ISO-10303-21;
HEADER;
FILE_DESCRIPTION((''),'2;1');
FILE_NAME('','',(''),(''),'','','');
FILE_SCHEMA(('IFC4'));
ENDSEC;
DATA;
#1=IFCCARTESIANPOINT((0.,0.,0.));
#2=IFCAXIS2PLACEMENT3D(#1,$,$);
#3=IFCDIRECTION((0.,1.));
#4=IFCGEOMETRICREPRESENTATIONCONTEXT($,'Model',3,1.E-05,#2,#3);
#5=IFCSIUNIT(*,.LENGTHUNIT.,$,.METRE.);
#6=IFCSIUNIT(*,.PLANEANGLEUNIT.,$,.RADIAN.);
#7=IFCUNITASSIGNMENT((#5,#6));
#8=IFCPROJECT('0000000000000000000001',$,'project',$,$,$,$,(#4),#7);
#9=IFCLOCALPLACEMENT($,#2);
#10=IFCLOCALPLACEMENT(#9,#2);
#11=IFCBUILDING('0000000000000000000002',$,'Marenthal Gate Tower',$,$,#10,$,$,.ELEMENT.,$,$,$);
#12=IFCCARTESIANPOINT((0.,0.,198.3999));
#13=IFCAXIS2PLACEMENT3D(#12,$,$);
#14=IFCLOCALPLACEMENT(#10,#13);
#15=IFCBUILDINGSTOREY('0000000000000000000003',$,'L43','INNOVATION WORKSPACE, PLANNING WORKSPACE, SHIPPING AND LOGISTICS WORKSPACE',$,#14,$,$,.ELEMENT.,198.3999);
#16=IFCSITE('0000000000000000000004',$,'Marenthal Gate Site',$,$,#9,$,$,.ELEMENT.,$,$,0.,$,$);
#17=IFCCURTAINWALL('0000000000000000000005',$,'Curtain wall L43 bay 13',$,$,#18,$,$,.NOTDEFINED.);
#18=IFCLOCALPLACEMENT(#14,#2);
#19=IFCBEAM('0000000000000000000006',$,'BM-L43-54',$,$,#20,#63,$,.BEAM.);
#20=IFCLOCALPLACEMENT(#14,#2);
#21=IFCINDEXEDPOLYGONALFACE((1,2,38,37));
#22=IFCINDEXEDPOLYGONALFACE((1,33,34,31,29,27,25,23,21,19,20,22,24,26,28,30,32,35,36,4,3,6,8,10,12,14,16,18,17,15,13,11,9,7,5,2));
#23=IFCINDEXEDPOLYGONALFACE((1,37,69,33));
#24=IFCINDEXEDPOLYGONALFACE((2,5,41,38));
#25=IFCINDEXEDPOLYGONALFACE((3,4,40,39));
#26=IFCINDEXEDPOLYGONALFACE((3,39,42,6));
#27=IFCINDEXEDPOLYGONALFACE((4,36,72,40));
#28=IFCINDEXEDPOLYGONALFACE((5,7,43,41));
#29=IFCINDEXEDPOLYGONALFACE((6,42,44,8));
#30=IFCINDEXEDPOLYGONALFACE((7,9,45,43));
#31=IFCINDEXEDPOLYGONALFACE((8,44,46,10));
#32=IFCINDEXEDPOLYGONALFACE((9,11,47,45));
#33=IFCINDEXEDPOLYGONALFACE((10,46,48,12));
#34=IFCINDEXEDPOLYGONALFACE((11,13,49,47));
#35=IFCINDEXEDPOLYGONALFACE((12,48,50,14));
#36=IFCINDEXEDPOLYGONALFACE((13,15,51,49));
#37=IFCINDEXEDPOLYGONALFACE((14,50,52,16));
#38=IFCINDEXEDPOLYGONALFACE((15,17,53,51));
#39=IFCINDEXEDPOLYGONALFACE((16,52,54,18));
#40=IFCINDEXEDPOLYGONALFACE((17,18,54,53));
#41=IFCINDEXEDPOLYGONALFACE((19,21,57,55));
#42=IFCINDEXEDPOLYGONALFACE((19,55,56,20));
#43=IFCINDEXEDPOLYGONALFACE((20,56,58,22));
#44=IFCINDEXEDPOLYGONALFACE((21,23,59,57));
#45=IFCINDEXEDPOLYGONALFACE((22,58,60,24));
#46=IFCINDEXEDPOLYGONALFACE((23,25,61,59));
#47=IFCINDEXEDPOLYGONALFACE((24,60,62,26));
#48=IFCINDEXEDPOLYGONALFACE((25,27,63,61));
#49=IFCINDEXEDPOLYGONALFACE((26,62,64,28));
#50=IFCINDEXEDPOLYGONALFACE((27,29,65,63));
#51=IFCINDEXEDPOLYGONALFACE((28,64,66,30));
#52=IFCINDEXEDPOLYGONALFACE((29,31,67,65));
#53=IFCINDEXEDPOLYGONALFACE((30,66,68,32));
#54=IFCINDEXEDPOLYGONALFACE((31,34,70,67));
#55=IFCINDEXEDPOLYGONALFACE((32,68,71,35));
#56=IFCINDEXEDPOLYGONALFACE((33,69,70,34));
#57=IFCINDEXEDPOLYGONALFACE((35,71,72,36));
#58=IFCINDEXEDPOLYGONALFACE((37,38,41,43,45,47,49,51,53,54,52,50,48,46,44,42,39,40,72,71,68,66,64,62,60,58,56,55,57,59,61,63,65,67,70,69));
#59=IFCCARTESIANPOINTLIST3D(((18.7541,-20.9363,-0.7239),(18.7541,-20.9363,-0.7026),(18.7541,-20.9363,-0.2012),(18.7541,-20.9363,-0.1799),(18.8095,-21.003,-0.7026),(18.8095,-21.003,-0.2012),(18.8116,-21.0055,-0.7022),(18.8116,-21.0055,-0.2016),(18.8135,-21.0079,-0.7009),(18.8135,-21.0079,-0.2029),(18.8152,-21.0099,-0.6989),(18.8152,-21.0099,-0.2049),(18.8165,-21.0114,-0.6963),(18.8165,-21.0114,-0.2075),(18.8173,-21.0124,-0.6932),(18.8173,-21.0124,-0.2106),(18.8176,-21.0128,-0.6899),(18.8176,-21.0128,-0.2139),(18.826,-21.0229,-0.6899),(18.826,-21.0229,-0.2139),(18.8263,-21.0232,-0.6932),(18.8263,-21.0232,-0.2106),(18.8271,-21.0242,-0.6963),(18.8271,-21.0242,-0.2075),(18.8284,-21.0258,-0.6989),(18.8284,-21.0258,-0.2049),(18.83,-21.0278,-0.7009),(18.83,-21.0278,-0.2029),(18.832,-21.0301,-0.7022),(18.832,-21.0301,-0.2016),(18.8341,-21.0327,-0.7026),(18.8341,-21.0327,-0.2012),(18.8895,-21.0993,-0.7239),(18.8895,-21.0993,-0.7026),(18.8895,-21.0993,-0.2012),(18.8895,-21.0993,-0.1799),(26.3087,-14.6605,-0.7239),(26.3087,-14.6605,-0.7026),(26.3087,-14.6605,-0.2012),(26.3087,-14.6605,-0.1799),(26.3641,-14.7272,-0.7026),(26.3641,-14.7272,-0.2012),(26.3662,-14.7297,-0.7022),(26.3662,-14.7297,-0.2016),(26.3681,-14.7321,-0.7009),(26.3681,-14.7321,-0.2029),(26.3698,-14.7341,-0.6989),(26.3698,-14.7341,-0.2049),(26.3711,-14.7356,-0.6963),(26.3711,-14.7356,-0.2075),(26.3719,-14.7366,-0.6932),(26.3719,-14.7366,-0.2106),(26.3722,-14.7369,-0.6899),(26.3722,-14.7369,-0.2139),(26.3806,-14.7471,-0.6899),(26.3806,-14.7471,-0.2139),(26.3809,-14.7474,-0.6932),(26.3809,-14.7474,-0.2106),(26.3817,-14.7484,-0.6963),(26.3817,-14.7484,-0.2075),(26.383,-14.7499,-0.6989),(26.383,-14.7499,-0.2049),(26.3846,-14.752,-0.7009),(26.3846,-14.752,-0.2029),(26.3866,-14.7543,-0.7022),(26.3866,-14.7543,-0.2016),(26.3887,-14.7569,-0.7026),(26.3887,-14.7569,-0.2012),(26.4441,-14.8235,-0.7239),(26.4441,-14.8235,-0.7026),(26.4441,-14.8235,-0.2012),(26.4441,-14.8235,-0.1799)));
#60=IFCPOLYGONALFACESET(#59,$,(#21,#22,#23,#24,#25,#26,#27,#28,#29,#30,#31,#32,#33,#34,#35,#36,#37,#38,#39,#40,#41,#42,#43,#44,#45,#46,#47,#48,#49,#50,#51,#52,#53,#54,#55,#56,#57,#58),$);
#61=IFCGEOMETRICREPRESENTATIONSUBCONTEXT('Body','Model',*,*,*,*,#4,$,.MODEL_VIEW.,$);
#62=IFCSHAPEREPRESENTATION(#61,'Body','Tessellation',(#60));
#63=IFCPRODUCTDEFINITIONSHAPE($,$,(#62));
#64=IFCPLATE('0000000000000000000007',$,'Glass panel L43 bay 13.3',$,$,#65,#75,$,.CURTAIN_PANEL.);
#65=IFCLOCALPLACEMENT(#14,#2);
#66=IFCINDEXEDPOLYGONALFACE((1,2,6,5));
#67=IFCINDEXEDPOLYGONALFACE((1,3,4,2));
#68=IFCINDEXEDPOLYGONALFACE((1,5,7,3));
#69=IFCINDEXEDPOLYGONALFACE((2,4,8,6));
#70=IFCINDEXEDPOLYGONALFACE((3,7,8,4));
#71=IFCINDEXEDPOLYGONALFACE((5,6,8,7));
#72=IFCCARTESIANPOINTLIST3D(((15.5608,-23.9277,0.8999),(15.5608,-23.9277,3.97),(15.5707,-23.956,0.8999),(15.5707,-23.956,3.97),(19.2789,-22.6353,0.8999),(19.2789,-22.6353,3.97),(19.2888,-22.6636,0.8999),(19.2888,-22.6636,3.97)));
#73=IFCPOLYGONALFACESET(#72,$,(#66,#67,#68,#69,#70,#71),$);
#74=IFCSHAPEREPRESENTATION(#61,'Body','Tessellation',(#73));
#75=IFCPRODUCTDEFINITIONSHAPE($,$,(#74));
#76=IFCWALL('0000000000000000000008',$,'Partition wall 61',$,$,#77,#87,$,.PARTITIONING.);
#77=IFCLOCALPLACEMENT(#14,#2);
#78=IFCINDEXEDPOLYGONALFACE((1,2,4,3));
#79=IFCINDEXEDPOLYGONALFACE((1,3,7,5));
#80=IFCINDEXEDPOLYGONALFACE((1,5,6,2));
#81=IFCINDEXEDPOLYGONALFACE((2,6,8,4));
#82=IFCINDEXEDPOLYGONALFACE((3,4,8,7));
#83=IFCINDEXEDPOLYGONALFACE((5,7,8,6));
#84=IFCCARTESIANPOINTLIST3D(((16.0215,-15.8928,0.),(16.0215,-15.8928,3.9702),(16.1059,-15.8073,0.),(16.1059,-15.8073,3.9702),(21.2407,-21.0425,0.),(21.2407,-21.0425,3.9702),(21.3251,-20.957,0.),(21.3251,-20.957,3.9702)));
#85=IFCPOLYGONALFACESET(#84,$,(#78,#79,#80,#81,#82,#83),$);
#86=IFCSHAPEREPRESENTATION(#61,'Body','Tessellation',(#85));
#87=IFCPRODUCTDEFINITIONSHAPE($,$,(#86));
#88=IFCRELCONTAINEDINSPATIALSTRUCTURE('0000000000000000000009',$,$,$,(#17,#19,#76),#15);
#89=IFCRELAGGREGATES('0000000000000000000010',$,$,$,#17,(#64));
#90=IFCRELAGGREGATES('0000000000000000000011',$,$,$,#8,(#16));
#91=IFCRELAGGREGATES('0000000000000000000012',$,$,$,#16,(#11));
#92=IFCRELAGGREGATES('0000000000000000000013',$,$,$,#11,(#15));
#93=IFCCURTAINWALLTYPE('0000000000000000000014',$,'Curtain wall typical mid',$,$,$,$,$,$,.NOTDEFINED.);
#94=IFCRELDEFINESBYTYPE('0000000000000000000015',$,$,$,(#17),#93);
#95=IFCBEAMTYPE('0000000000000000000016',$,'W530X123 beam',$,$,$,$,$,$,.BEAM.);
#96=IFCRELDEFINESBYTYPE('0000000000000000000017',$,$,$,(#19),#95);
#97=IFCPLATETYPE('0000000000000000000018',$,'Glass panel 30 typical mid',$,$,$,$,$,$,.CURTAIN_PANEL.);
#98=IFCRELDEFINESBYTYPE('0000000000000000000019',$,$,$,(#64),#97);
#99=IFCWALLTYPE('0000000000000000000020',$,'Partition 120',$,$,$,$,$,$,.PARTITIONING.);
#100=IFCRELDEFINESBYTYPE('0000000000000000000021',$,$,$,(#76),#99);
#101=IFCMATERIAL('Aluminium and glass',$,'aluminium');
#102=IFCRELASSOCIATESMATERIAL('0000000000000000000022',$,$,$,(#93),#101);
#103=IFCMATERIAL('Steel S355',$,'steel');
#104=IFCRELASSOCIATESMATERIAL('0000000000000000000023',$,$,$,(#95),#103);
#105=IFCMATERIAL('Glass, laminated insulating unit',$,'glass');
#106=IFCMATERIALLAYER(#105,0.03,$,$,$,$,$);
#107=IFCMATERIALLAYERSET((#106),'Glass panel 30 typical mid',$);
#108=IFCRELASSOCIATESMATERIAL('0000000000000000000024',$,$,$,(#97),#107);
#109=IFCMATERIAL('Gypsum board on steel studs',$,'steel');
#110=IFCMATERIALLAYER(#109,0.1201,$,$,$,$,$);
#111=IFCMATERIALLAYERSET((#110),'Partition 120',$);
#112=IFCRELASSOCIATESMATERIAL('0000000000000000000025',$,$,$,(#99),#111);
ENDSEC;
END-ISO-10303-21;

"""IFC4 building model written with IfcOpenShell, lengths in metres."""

from ifc_helpers import new_model, si_unit, direction, frame, frame_2d, origin, origin_2d, place, context, subcontext, project, spatial, rectangle, i_section, extrude, material, layer, layer_set, material_profile, profile_set, type_object, element, aggregate, save


model = new_model("IFC4")

# Units and contexts
model_context = context("Model", 3, precision=1e-05, world=origin(), true_north=direction((0.0, 1.0)))
body_context = subcontext(model_context, "Body", "Model", "MODEL_VIEW")
ifc_project = project(units=[si_unit("LENGTHUNIT", "METRE"), si_unit("PLANEANGLEUNIT", "RADIAN")], contexts=[model_context])

# Site, building, storey
site_placement = place(None, origin())
site = spatial("IfcSite", under=ifc_project, at=site_placement, Name="Marenthal Gate Site", CompositionType="ELEMENT", RefElevation=0.0)
building_placement = place(site_placement, origin())
building = spatial("IfcBuilding", under=site, at=building_placement, Name="Marenthal Gate Tower", CompositionType="ELEMENT")
storey_placement = place(building_placement, frame((0.0, 0.0, 198.3999)))
storey = spatial("IfcBuildingStorey", under=building, at=storey_placement, Name="L43", Description="INNOVATION WORKSPACE, PLANNING WORKSPACE, SHIPPING AND LOGISTICS WORKSPACE", CompositionType="ELEMENT", Elevation=198.3999)

# Curtain wall
ifc_material_1 = material(Name="Aluminium and glass", Category="aluminium")
curtain_wall_type = type_object("IfcCurtainWallType", Name="Curtain wall typical mid", PredefinedType="NOTDEFINED", material=ifc_material_1)
curtain_wall_1_placement = place(storey_placement, origin())
curtain_wall_1 = element("IfcCurtainWall", 1, at=curtain_wall_1_placement, inside=storey, type_object=curtain_wall_type, Name="Curtain wall L43 bay 13", PredefinedType="NOTDEFINED")

# Beam
ifc_material_2 = material(Name="Steel S355", Category="steel")
ifc_material_profile_1 = material_profile(ifc_material_2, i_section(OverallWidth=0.2119, OverallDepth=0.5439, WebThickness=0.0132, FlangeThickness=0.0212, FilletRadius=0.0127, at=origin_2d()), Name="W530X123")
ifc_profile_set_1 = profile_set([ifc_material_profile_1], Name="Steel S355")
beam_type_1 = type_object("IfcBeamType", Name="W530X123 beam", PredefinedType="BEAM", material=ifc_profile_set_1)
beam_1_placement = place(storey_placement, frame((18.8218, -21.0178, -0.4519), z_axis=(0.769207, 0.639, 0.0), x_axis=(-0.639, 0.769207, 0.0)))
element("IfcBeam", 2, at=beam_1_placement, inside=storey, type_object=beam_type_1, Name="BM-L43-54", PredefinedType="BEAM", context=body_context, shape_type="SweptSolid", body=[
    extrude(i_section(OverallWidth=0.2119, OverallDepth=0.5439, WebThickness=0.0132, FlangeThickness=0.0212, FilletRadius=0.0127, at=origin_2d()), origin(), (0.0, 0.0, 1.0), 9.8213),
])

# Plate
ifc_material_3 = material(Name="Glass, laminated insulating unit", Category="glass")
ifc_layer_1 = layer(ifc_material_3, 0.03)
ifc_layer_set_1 = layer_set([ifc_layer_1], Name="Glass panel 30 typical mid")
plate_type = type_object("IfcPlateType", Name="Glass panel 30 typical mid", PredefinedType="CURTAIN_PANEL", material=ifc_layer_set_1)
plate_placement = place(storey_placement, frame((17.4248, -23.2957, 0.8999), z_axis=(0.0, 0.0, 1.0), x_axis=(0.944562, 0.328332, 0.0)))
plate = element("IfcPlate", 3, at=plate_placement, type_object=plate_type, Name="Glass panel L43 bay 13.3", PredefinedType="CURTAIN_PANEL", context=body_context, shape_type="SweptSolid", body=[
    extrude(rectangle(XDim=3.9363, YDim=0.03, at=origin_2d()), origin(), (0.0, 0.0, 1.0), 3.0701),
])
aggregate(curtain_wall_1, [plate])

# Wall
ifc_material_4 = material(Name="Gypsum board on steel studs", Category="steel")
ifc_layer_2 = layer(ifc_material_4, 0.1201)
ifc_layer_set_2 = layer_set([ifc_layer_2], Name="Partition 120")
wall_type_1 = type_object("IfcWallType", Name="Partition 120", PredefinedType="PARTITIONING", material=ifc_layer_set_2)
wall_1_placement = place(storey_placement, frame((16.0637, -15.8501, 0.0), z_axis=(0.0, 0.0, 1.0), x_axis=(0.711836, -0.702346, 0.0)))
element("IfcWall", 4, at=wall_1_placement, inside=storey, type_object=wall_type_1, Name="Partition wall 61", PredefinedType="PARTITIONING", context=body_context, shape_type="SweptSolid", body=[
    extrude(rectangle(XDim=7.332, YDim=0.1201, at=frame_2d((3.666, 0.0))), origin(), (0.0, 0.0, 1.0), 3.9702),
])

save(model, "model.ifc")
